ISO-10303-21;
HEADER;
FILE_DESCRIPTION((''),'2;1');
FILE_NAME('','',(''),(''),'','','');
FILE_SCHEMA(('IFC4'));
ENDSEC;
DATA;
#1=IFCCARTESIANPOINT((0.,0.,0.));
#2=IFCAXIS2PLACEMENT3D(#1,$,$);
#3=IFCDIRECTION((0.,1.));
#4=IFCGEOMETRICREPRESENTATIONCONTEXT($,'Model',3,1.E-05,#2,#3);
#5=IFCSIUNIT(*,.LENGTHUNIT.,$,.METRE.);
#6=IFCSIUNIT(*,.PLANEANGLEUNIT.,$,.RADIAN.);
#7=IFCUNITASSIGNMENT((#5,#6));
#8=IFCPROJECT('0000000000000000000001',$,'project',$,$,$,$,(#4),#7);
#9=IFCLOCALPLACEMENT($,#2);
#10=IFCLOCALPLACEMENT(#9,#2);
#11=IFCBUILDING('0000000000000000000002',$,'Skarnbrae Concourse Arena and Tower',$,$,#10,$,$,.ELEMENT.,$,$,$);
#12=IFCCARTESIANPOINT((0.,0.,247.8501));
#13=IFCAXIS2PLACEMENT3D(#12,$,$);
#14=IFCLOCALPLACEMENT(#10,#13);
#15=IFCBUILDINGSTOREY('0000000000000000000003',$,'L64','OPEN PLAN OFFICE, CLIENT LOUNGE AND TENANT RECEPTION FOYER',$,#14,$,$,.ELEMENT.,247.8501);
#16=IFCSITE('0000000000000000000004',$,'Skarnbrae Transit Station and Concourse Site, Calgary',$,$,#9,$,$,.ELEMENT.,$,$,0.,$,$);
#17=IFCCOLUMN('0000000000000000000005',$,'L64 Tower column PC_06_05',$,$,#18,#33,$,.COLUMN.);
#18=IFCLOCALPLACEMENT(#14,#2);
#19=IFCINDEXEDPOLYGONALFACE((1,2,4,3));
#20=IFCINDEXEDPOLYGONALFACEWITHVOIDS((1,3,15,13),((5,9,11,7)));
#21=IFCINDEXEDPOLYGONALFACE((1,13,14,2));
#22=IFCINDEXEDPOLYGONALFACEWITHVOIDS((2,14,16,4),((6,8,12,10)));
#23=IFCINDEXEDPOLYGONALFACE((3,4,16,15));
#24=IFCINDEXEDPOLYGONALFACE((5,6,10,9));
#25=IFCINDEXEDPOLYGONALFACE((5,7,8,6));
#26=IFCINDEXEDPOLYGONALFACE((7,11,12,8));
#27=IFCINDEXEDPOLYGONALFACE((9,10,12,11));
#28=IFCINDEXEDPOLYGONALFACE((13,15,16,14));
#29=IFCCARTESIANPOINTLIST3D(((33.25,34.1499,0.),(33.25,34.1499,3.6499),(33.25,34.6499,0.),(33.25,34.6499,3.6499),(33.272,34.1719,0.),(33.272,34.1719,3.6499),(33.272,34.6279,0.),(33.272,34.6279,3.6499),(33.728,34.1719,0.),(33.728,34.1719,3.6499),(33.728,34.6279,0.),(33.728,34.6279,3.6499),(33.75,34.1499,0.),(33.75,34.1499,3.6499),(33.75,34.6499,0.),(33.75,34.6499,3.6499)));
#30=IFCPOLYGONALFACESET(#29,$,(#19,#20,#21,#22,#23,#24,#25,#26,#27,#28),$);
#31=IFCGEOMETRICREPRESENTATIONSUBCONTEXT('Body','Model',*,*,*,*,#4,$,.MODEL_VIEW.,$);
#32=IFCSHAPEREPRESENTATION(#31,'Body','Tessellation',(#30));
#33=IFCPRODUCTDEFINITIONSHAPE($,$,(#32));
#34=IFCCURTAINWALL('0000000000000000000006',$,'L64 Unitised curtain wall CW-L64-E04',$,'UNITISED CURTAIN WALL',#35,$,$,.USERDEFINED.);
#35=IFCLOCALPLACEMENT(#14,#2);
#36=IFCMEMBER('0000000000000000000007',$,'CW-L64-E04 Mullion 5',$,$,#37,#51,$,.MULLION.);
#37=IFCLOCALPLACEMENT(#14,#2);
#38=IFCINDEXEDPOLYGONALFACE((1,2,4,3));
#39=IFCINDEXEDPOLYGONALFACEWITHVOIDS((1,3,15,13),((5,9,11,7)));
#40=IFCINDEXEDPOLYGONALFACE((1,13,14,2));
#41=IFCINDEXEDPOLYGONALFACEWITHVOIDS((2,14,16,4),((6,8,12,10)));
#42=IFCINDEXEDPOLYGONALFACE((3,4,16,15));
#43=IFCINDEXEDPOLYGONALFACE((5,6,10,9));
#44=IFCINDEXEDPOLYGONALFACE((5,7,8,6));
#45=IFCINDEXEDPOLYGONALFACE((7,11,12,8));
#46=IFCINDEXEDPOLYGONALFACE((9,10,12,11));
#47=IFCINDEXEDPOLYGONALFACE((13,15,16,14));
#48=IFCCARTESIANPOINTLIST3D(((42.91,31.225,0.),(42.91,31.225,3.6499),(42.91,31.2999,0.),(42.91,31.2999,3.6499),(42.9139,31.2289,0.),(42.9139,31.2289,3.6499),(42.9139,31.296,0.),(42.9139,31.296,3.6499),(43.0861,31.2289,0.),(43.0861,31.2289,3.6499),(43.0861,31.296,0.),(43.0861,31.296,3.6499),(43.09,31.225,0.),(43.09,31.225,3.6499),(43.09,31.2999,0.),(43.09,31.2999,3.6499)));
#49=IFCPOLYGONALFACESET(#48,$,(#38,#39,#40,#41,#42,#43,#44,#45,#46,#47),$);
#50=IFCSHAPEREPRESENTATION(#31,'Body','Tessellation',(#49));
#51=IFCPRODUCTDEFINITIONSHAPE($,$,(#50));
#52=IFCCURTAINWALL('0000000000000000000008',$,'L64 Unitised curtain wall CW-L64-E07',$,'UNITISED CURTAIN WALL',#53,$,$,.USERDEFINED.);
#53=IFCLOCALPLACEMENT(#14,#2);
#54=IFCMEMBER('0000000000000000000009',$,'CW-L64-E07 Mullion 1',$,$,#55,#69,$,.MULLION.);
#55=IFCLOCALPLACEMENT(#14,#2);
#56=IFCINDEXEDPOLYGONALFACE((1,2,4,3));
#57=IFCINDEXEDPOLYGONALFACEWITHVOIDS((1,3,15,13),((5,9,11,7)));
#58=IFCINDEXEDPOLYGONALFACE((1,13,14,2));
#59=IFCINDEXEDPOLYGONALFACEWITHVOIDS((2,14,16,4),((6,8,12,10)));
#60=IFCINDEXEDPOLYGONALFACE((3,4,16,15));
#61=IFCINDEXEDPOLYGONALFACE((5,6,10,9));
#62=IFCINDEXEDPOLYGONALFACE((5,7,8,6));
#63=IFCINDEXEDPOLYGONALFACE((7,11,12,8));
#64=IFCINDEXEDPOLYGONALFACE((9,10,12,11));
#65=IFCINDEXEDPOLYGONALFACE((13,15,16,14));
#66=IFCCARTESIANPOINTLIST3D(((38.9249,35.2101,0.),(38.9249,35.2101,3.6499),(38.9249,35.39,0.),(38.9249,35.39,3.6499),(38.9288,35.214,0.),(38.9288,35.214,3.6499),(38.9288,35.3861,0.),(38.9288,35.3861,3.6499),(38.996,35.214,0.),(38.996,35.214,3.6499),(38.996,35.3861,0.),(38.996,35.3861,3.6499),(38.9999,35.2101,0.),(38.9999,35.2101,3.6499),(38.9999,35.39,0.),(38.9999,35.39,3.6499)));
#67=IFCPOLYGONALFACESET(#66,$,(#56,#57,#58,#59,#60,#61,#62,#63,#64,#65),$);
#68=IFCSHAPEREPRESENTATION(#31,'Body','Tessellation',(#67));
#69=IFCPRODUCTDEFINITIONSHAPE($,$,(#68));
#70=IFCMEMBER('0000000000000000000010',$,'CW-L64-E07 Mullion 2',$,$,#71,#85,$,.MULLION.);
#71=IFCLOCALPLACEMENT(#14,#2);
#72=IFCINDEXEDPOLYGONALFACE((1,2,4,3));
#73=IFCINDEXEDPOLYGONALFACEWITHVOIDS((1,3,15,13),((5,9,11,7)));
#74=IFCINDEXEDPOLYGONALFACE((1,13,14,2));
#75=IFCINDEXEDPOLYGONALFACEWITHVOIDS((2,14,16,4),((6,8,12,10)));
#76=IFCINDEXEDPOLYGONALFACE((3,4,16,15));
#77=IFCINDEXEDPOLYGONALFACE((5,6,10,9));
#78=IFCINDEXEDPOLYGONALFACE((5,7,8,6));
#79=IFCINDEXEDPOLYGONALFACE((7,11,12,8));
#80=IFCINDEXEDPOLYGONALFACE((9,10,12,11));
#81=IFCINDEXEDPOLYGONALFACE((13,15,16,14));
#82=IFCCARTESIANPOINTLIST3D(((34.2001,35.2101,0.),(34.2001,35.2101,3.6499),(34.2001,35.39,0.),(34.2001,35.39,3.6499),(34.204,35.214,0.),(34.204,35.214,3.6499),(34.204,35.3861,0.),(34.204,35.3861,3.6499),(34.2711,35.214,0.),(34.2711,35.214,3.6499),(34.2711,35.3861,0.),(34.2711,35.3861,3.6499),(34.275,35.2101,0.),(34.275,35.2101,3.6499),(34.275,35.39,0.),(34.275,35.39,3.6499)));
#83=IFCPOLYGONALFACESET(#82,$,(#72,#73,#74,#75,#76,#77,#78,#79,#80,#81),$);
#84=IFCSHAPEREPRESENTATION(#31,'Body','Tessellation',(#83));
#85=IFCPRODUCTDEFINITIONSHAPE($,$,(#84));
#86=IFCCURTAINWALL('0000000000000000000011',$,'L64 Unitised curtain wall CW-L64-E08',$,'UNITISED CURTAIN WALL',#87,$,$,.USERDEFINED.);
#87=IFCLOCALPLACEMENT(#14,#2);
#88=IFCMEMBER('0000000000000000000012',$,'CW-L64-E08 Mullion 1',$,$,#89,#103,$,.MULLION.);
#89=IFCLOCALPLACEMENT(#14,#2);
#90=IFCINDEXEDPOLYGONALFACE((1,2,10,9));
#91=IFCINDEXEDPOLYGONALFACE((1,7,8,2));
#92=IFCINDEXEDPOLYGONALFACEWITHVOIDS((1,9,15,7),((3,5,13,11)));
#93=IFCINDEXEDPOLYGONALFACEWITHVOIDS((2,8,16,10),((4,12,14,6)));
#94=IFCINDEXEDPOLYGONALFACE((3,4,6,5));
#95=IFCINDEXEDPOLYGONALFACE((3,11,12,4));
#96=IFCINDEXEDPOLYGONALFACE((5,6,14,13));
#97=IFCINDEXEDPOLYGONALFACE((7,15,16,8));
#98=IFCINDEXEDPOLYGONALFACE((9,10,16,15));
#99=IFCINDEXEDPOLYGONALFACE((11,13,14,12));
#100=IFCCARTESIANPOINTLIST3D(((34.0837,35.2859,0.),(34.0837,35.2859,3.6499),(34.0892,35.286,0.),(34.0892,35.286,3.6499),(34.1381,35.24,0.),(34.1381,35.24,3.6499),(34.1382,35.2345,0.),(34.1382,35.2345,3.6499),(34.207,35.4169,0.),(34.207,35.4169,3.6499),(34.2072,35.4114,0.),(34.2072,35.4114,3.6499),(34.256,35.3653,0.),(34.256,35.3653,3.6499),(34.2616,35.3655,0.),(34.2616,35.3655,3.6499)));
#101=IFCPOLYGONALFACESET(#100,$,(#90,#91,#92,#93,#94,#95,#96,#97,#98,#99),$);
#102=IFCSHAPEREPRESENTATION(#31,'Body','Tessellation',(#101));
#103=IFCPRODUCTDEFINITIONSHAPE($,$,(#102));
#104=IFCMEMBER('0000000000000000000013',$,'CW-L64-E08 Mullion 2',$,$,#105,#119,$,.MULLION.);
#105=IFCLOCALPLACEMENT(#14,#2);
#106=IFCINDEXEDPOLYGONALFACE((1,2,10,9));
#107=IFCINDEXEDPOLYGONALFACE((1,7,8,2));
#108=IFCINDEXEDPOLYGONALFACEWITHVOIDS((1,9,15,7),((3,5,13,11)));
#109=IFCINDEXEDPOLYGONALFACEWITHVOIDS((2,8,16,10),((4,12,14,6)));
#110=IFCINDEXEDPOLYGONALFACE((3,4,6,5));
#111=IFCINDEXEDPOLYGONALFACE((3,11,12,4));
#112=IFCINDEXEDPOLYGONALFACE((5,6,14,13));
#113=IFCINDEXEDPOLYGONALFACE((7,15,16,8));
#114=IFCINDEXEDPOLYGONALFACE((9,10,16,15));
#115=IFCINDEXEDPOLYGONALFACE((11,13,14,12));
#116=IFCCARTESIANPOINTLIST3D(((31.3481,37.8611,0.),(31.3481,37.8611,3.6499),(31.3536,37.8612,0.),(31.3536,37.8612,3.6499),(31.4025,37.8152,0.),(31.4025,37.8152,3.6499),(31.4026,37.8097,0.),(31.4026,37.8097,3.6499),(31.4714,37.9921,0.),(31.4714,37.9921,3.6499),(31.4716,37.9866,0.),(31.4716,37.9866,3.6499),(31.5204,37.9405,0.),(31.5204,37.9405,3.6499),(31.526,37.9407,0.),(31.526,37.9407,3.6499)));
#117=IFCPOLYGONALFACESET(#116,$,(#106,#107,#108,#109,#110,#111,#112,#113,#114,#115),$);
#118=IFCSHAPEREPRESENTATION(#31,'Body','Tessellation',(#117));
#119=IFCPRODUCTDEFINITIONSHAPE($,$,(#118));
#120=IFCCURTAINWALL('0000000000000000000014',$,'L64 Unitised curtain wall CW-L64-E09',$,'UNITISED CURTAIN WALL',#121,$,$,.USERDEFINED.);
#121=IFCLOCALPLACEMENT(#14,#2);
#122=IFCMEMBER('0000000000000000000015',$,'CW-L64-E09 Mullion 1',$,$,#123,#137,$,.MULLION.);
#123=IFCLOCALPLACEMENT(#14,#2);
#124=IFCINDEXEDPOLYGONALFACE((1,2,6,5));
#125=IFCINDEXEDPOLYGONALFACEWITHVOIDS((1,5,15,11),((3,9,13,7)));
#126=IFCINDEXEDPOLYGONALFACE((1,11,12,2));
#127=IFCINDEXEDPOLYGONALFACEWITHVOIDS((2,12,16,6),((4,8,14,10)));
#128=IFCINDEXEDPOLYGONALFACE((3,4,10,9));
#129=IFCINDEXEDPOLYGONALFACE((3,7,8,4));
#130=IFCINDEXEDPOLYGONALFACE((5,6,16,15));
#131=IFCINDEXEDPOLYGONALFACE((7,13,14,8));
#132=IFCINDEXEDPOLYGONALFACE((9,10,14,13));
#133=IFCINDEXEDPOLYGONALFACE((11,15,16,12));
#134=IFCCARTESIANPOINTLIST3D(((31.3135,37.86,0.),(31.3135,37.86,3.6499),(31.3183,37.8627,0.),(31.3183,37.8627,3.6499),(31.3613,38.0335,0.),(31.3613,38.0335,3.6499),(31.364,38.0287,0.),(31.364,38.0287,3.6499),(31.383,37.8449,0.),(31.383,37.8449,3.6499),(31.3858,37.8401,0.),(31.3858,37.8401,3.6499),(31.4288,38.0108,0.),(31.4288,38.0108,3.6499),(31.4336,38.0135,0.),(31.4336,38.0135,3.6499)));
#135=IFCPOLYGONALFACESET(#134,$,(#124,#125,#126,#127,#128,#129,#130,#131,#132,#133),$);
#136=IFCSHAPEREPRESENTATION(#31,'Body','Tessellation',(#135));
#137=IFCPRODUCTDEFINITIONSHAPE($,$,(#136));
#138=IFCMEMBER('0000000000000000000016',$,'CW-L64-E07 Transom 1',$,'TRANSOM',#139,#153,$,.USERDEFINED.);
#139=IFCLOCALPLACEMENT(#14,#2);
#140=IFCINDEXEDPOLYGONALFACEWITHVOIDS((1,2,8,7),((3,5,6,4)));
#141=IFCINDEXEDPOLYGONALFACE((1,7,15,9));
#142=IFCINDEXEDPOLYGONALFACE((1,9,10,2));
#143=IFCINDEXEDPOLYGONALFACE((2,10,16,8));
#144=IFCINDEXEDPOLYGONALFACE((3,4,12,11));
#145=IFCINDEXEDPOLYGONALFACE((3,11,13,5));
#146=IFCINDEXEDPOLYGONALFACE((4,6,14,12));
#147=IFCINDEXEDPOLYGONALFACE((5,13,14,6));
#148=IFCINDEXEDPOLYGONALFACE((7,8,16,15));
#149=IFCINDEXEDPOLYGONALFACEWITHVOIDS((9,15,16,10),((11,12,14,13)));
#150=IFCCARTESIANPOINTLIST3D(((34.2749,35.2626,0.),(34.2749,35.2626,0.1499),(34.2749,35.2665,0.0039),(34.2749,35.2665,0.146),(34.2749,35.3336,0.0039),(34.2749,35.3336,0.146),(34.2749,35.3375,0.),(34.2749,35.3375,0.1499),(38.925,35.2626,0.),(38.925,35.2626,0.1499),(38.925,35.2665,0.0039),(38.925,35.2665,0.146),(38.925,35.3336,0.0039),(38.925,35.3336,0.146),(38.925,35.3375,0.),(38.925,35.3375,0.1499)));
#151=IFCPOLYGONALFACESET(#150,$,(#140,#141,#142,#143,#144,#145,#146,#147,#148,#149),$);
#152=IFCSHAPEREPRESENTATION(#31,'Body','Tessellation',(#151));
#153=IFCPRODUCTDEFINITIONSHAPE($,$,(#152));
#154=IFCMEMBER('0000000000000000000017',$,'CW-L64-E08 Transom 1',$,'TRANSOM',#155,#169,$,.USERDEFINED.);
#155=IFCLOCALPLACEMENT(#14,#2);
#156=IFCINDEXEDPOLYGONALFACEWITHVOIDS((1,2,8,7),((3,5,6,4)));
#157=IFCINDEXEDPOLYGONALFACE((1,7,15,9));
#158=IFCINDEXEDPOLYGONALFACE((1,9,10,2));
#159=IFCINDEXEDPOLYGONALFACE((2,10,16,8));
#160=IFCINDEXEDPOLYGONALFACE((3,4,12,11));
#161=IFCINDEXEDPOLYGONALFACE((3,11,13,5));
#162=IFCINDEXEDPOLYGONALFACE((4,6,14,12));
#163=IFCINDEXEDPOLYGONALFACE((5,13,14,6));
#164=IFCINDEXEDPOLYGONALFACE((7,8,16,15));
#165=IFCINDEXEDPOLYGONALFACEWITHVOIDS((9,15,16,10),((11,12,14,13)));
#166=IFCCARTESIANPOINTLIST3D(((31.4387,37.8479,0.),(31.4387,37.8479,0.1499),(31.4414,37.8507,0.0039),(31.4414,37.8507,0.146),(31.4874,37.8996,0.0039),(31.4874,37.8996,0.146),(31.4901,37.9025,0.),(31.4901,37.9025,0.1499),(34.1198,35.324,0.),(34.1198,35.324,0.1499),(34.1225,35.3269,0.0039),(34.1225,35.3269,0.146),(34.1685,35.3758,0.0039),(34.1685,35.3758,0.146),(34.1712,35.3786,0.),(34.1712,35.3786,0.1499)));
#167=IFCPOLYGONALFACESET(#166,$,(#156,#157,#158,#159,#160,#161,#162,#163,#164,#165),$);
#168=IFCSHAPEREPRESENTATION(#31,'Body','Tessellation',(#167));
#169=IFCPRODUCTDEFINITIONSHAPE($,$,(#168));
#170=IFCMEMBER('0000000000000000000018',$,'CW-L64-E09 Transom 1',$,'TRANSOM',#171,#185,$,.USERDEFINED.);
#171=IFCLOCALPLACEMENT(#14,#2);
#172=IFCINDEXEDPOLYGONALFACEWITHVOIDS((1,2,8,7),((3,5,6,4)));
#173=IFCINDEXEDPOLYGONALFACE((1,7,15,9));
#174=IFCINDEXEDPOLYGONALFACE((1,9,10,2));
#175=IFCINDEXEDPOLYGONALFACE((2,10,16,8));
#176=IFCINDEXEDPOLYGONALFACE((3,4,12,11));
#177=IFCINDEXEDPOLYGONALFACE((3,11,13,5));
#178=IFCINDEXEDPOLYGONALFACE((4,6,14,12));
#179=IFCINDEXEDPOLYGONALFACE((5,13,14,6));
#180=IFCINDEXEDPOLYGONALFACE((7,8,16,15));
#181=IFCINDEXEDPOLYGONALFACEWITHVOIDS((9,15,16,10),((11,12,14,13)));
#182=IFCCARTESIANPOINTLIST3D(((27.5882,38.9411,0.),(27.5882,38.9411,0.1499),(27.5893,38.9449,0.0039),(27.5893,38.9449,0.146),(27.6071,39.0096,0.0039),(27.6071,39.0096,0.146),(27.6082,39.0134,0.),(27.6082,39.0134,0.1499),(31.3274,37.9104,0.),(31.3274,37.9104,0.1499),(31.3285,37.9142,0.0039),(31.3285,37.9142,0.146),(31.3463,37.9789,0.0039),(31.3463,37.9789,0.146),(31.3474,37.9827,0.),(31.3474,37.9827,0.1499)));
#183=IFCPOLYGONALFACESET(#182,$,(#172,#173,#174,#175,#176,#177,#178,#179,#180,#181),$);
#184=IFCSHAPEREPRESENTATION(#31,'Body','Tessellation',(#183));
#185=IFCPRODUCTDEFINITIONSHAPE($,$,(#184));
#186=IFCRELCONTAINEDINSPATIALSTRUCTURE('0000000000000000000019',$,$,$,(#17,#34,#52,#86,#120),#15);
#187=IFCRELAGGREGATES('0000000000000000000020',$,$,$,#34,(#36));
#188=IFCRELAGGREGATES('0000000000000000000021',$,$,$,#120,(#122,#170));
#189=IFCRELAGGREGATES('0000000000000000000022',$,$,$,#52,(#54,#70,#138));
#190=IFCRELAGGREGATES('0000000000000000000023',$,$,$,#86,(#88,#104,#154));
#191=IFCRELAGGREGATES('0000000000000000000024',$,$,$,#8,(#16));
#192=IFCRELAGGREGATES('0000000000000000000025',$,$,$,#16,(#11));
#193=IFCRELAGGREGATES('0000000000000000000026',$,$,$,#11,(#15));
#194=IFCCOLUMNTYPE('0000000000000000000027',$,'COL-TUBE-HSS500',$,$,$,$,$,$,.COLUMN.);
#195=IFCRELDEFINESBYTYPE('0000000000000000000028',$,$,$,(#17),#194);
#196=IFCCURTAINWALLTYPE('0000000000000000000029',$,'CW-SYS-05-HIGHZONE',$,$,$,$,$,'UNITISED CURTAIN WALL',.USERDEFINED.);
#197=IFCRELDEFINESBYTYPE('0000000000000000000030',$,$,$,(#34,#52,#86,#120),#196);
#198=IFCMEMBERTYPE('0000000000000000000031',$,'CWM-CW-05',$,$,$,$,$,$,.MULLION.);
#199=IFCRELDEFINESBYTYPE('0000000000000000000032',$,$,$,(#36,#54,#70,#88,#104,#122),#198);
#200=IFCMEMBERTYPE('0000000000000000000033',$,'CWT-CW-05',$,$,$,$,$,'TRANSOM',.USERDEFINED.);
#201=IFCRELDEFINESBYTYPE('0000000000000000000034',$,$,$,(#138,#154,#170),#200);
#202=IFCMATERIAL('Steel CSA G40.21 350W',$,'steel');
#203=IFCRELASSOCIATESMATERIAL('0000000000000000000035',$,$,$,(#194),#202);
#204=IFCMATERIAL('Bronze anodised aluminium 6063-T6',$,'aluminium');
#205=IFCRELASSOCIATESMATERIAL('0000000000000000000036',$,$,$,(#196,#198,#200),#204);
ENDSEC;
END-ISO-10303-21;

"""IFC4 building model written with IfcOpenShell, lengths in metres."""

from ifc_helpers import new_model, si_unit, direction, frame, origin, origin_2d, place, context, subcontext, project, spatial, hollow_rectangle, extrude, source, transform, mapped, material, material_profile, profile_set, type_object, element, aggregate, save


model = new_model("IFC4")

# Units and contexts
model_context = context("Model", 3, precision=1e-05, world=origin(), true_north=direction((0.0, 1.0)))
body_context = subcontext(model_context, "Body", "Model", "MODEL_VIEW")
ifc_project = project(units=[si_unit("LENGTHUNIT", "METRE"), si_unit("PLANEANGLEUNIT", "RADIAN")], contexts=[model_context])

# Site, building, storey
site_placement = place(None, origin())
site = spatial("IfcSite", under=ifc_project, at=site_placement, Name="Skarnbrae Transit Station and Concourse Site, Calgary", CompositionType="ELEMENT", RefElevation=0.0)
building_placement = place(site_placement, origin())
building = spatial("IfcBuilding", under=site, at=building_placement, Name="Skarnbrae Concourse Arena and Tower", CompositionType="ELEMENT")
storey_placement = place(building_placement, frame((0.0, 0.0, 247.8501)))
storey = spatial("IfcBuildingStorey", under=building, at=storey_placement, Name="L64", Description="OPEN PLAN OFFICE, CLIENT LOUNGE AND TENANT RECEPTION FOYER", CompositionType="ELEMENT", Elevation=247.8501)

# Column
ifc_material_1 = material(Name="Steel CSA G40.21 350W", Category="steel")
ifc_material_profile_1 = material_profile(ifc_material_1, hollow_rectangle(XDim=0.5, YDim=0.5, WallThickness=0.022, at=origin_2d()), Name="HSS500X500X22.0")
ifc_profile_set_1 = profile_set([ifc_material_profile_1], Name="Steel CSA G40.21 350W")
column_type = type_object("IfcColumnType", Name="COL-TUBE-HSS500", PredefinedType="COLUMN", material=ifc_profile_set_1)
shared_shape_1 = source(origin(), body_context, "Body", "SweptSolid", [
    extrude(hollow_rectangle(XDim=0.5, YDim=0.5, WallThickness=0.022, at=origin_2d()), origin(), (0.0, 0.0, 1.0), 3.6499),
])
column_placement = place(storey_placement, frame((33.5, 34.3999, 0.0), z_axis=(0.0, 0.0, 1.0), x_axis=(1.0, 0.0, 0.0)))
element("IfcColumn", 1, at=column_placement, inside=storey, type_object=column_type, Name="L64 Tower column PC_06_05", PredefinedType="COLUMN", context=body_context, shape_type="MappedRepresentation", body=[
    mapped(shared_shape_1, transform((0.0, 0.0, 0.0))),
])

# Curtain wall, member
ifc_material_2 = material(Name="Bronze anodised aluminium 6063-T6", Category="aluminium")
curtain_wall_type = type_object("IfcCurtainWallType", Name="CW-SYS-05-HIGHZONE", ElementType="UNITISED CURTAIN WALL", PredefinedType="USERDEFINED", material=ifc_material_2)
curtain_wall_1_placement = place(storey_placement, origin())
curtain_wall_1 = element("IfcCurtainWall", 2, at=curtain_wall_1_placement, inside=storey, type_object=curtain_wall_type, Name="L64 Unitised curtain wall CW-L64-E04", ObjectType="UNITISED CURTAIN WALL", PredefinedType="USERDEFINED")
ifc_material_profile_2 = material_profile(ifc_material_2, hollow_rectangle(XDim=0.075, YDim=0.1799, WallThickness=0.0039, at=origin_2d()), Name="ALU-MULL-75X180")
ifc_profile_set_2 = profile_set([ifc_material_profile_2], Name="Bronze anodised aluminium 6063-T6")
member_type_1 = type_object("IfcMemberType", Name="CWM-CW-05", PredefinedType="MULLION", material=ifc_profile_set_2)
shared_shape_2 = source(origin(), body_context, "Body", "SweptSolid", [
    extrude(hollow_rectangle(XDim=0.075, YDim=0.1799, WallThickness=0.0039, at=origin_2d()), origin(), (0.0, 0.0, 1.0), 3.6499),
])
member_1_placement = place(storey_placement, frame((43.0, 31.2625, 0.0), z_axis=(0.0, 0.0, 1.0), x_axis=(0.0, 1.0, 0.0)))
member_1 = element("IfcMember", 3, at=member_1_placement, type_object=member_type_1, Name="CW-L64-E04 Mullion 5", PredefinedType="MULLION", context=body_context, shape_type="MappedRepresentation", body=[
    mapped(shared_shape_2, transform((0.0, 0.0, 0.0))),
])
aggregate(curtain_wall_1, [member_1])

# Curtain walls, members
curtain_wall_2_placement = place(storey_placement, origin())
curtain_wall_2 = element("IfcCurtainWall", 4, at=curtain_wall_2_placement, inside=storey, type_object=curtain_wall_type, Name="L64 Unitised curtain wall CW-L64-E07", ObjectType="UNITISED CURTAIN WALL", PredefinedType="USERDEFINED")
member_2_placement = place(storey_placement, frame((38.9624, 35.3, 0.0), z_axis=(0.0, 0.0, 1.0), x_axis=(-1.0, 0.0, 0.0)))
member_2 = element("IfcMember", 5, at=member_2_placement, type_object=member_type_1, Name="CW-L64-E07 Mullion 1", PredefinedType="MULLION", context=body_context, shape_type="MappedRepresentation", body=[
    mapped(shared_shape_2, transform((0.0, 0.0, 0.0))),
])
member_3_placement = place(storey_placement, frame((34.2375, 35.3, 0.0), z_axis=(0.0, 0.0, 1.0), x_axis=(-1.0, 0.0, 0.0)))
member_3 = element("IfcMember", 6, at=member_3_placement, type_object=member_type_1, Name="CW-L64-E07 Mullion 2", PredefinedType="MULLION", context=body_context, shape_type="MappedRepresentation", body=[
    mapped(shared_shape_2, transform((0.0, 0.0, 0.0))),
])
curtain_wall_3_placement = place(storey_placement, origin())
curtain_wall_3 = element("IfcCurtainWall", 7, at=curtain_wall_3_placement, inside=storey, type_object=curtain_wall_type, Name="L64 Unitised curtain wall CW-L64-E08", ObjectType="UNITISED CURTAIN WALL", PredefinedType="USERDEFINED")
member_4_placement = place(storey_placement, frame((34.1726, 35.3257, 0.0), z_axis=(0.0, 0.0, 1.0), x_axis=(-0.728131, 0.685438, 0.0)))
member_4 = element("IfcMember", 8, at=member_4_placement, type_object=member_type_1, Name="CW-L64-E08 Mullion 1", PredefinedType="MULLION", context=body_context, shape_type="MappedRepresentation", body=[
    mapped(shared_shape_2, transform((0.0, 0.0, 0.0))),
])
member_5_placement = place(storey_placement, frame((31.437, 37.9009, 0.0), z_axis=(0.0, 0.0, 1.0), x_axis=(-0.728131, 0.685438, 0.0)))
member_5 = element("IfcMember", 9, at=member_5_placement, type_object=member_type_1, Name="CW-L64-E08 Mullion 2", PredefinedType="MULLION", context=body_context, shape_type="MappedRepresentation", body=[
    mapped(shared_shape_2, transform((0.0, 0.0, 0.0))),
])

# Curtain wall, member
curtain_wall_4_placement = place(storey_placement, origin())
curtain_wall_4 = element("IfcCurtainWall", 10, at=curtain_wall_4_placement, inside=storey, type_object=curtain_wall_type, Name="L64 Unitised curtain wall CW-L64-E09", ObjectType="UNITISED CURTAIN WALL", PredefinedType="USERDEFINED")
member_6_placement = place(storey_placement, frame((31.3735, 37.9368, 0.0), z_axis=(0.0, 0.0, 1.0), x_axis=(-0.964057, 0.265694, 0.0)))
member_6 = element("IfcMember", 11, at=member_6_placement, type_object=member_type_1, Name="CW-L64-E09 Mullion 1", PredefinedType="MULLION", context=body_context, shape_type="MappedRepresentation", body=[
    mapped(shared_shape_2, transform((0.0, 0.0, 0.0))),
])

# Members
ifc_material_profile_3 = material_profile(ifc_material_2, hollow_rectangle(XDim=0.075, YDim=0.1499, WallThickness=0.0039, at=origin_2d()), Name="ALU-TRAN-75X150")
ifc_profile_set_3 = profile_set([ifc_material_profile_3], Name="Bronze anodised aluminium 6063-T6")
member_type_2 = type_object("IfcMemberType", Name="CWT-CW-05", ElementType="TRANSOM", PredefinedType="USERDEFINED", material=ifc_profile_set_3)
shared_shape_3 = source(origin(), body_context, "Body", "SweptSolid", [
    extrude(hollow_rectangle(XDim=0.075, YDim=0.1499, WallThickness=0.0039, at=origin_2d()), origin(), (0.0, 0.0, 1.0), 4.6501),
])
member_7_placement = place(storey_placement, frame((38.925, 35.3, 0.075), z_axis=(-1.0, 0.0, 0.0), x_axis=(0.0, -1.0, 0.0)))
member_7 = element("IfcMember", 12, at=member_7_placement, type_object=member_type_2, Name="CW-L64-E07 Transom 1", ObjectType="TRANSOM", PredefinedType="USERDEFINED", context=body_context, shape_type="MappedRepresentation", body=[
    mapped(shared_shape_3, transform((0.0, 0.0, 0.0))),
])
shared_shape_4 = source(origin(), body_context, "Body", "SweptSolid", [
    extrude(hollow_rectangle(XDim=0.075, YDim=0.1499, WallThickness=0.0039, at=origin_2d()), origin(), (0.0, 0.0, 1.0), 3.6821),
])
member_8_placement = place(storey_placement, frame((34.1455, 35.3513, 0.075), z_axis=(-0.728134, 0.685435, 0.0), x_axis=(-0.685435, -0.728134, 0.0)))
member_8 = element("IfcMember", 13, at=member_8_placement, type_object=member_type_2, Name="CW-L64-E08 Transom 1", ObjectType="TRANSOM", PredefinedType="USERDEFINED", context=body_context, shape_type="MappedRepresentation", body=[
    mapped(shared_shape_4, transform((0.0, 0.0, 0.0))),
])
shared_shape_5 = source(origin(), body_context, "Body", "SweptSolid", [
    extrude(hollow_rectangle(XDim=0.075, YDim=0.1499, WallThickness=0.0039, at=origin_2d()), origin(), (0.0, 0.0, 1.0), 3.8787),
])
member_9_placement = place(storey_placement, frame((31.3374, 37.9465, 0.075), z_axis=(-0.964043, 0.265747, 0.0), x_axis=(-0.265747, -0.964043, 0.0)))
member_9 = element("IfcMember", 14, at=member_9_placement, type_object=member_type_2, Name="CW-L64-E09 Transom 1", ObjectType="TRANSOM", PredefinedType="USERDEFINED", context=body_context, shape_type="MappedRepresentation", body=[
    mapped(shared_shape_5, transform((0.0, 0.0, 0.0))),
])
aggregate(curtain_wall_4, [member_6, member_9])

aggregate(curtain_wall_2, [member_2, member_3, member_7])
aggregate(curtain_wall_3, [member_4, member_5, member_8])

save(model, "model.ifc")
